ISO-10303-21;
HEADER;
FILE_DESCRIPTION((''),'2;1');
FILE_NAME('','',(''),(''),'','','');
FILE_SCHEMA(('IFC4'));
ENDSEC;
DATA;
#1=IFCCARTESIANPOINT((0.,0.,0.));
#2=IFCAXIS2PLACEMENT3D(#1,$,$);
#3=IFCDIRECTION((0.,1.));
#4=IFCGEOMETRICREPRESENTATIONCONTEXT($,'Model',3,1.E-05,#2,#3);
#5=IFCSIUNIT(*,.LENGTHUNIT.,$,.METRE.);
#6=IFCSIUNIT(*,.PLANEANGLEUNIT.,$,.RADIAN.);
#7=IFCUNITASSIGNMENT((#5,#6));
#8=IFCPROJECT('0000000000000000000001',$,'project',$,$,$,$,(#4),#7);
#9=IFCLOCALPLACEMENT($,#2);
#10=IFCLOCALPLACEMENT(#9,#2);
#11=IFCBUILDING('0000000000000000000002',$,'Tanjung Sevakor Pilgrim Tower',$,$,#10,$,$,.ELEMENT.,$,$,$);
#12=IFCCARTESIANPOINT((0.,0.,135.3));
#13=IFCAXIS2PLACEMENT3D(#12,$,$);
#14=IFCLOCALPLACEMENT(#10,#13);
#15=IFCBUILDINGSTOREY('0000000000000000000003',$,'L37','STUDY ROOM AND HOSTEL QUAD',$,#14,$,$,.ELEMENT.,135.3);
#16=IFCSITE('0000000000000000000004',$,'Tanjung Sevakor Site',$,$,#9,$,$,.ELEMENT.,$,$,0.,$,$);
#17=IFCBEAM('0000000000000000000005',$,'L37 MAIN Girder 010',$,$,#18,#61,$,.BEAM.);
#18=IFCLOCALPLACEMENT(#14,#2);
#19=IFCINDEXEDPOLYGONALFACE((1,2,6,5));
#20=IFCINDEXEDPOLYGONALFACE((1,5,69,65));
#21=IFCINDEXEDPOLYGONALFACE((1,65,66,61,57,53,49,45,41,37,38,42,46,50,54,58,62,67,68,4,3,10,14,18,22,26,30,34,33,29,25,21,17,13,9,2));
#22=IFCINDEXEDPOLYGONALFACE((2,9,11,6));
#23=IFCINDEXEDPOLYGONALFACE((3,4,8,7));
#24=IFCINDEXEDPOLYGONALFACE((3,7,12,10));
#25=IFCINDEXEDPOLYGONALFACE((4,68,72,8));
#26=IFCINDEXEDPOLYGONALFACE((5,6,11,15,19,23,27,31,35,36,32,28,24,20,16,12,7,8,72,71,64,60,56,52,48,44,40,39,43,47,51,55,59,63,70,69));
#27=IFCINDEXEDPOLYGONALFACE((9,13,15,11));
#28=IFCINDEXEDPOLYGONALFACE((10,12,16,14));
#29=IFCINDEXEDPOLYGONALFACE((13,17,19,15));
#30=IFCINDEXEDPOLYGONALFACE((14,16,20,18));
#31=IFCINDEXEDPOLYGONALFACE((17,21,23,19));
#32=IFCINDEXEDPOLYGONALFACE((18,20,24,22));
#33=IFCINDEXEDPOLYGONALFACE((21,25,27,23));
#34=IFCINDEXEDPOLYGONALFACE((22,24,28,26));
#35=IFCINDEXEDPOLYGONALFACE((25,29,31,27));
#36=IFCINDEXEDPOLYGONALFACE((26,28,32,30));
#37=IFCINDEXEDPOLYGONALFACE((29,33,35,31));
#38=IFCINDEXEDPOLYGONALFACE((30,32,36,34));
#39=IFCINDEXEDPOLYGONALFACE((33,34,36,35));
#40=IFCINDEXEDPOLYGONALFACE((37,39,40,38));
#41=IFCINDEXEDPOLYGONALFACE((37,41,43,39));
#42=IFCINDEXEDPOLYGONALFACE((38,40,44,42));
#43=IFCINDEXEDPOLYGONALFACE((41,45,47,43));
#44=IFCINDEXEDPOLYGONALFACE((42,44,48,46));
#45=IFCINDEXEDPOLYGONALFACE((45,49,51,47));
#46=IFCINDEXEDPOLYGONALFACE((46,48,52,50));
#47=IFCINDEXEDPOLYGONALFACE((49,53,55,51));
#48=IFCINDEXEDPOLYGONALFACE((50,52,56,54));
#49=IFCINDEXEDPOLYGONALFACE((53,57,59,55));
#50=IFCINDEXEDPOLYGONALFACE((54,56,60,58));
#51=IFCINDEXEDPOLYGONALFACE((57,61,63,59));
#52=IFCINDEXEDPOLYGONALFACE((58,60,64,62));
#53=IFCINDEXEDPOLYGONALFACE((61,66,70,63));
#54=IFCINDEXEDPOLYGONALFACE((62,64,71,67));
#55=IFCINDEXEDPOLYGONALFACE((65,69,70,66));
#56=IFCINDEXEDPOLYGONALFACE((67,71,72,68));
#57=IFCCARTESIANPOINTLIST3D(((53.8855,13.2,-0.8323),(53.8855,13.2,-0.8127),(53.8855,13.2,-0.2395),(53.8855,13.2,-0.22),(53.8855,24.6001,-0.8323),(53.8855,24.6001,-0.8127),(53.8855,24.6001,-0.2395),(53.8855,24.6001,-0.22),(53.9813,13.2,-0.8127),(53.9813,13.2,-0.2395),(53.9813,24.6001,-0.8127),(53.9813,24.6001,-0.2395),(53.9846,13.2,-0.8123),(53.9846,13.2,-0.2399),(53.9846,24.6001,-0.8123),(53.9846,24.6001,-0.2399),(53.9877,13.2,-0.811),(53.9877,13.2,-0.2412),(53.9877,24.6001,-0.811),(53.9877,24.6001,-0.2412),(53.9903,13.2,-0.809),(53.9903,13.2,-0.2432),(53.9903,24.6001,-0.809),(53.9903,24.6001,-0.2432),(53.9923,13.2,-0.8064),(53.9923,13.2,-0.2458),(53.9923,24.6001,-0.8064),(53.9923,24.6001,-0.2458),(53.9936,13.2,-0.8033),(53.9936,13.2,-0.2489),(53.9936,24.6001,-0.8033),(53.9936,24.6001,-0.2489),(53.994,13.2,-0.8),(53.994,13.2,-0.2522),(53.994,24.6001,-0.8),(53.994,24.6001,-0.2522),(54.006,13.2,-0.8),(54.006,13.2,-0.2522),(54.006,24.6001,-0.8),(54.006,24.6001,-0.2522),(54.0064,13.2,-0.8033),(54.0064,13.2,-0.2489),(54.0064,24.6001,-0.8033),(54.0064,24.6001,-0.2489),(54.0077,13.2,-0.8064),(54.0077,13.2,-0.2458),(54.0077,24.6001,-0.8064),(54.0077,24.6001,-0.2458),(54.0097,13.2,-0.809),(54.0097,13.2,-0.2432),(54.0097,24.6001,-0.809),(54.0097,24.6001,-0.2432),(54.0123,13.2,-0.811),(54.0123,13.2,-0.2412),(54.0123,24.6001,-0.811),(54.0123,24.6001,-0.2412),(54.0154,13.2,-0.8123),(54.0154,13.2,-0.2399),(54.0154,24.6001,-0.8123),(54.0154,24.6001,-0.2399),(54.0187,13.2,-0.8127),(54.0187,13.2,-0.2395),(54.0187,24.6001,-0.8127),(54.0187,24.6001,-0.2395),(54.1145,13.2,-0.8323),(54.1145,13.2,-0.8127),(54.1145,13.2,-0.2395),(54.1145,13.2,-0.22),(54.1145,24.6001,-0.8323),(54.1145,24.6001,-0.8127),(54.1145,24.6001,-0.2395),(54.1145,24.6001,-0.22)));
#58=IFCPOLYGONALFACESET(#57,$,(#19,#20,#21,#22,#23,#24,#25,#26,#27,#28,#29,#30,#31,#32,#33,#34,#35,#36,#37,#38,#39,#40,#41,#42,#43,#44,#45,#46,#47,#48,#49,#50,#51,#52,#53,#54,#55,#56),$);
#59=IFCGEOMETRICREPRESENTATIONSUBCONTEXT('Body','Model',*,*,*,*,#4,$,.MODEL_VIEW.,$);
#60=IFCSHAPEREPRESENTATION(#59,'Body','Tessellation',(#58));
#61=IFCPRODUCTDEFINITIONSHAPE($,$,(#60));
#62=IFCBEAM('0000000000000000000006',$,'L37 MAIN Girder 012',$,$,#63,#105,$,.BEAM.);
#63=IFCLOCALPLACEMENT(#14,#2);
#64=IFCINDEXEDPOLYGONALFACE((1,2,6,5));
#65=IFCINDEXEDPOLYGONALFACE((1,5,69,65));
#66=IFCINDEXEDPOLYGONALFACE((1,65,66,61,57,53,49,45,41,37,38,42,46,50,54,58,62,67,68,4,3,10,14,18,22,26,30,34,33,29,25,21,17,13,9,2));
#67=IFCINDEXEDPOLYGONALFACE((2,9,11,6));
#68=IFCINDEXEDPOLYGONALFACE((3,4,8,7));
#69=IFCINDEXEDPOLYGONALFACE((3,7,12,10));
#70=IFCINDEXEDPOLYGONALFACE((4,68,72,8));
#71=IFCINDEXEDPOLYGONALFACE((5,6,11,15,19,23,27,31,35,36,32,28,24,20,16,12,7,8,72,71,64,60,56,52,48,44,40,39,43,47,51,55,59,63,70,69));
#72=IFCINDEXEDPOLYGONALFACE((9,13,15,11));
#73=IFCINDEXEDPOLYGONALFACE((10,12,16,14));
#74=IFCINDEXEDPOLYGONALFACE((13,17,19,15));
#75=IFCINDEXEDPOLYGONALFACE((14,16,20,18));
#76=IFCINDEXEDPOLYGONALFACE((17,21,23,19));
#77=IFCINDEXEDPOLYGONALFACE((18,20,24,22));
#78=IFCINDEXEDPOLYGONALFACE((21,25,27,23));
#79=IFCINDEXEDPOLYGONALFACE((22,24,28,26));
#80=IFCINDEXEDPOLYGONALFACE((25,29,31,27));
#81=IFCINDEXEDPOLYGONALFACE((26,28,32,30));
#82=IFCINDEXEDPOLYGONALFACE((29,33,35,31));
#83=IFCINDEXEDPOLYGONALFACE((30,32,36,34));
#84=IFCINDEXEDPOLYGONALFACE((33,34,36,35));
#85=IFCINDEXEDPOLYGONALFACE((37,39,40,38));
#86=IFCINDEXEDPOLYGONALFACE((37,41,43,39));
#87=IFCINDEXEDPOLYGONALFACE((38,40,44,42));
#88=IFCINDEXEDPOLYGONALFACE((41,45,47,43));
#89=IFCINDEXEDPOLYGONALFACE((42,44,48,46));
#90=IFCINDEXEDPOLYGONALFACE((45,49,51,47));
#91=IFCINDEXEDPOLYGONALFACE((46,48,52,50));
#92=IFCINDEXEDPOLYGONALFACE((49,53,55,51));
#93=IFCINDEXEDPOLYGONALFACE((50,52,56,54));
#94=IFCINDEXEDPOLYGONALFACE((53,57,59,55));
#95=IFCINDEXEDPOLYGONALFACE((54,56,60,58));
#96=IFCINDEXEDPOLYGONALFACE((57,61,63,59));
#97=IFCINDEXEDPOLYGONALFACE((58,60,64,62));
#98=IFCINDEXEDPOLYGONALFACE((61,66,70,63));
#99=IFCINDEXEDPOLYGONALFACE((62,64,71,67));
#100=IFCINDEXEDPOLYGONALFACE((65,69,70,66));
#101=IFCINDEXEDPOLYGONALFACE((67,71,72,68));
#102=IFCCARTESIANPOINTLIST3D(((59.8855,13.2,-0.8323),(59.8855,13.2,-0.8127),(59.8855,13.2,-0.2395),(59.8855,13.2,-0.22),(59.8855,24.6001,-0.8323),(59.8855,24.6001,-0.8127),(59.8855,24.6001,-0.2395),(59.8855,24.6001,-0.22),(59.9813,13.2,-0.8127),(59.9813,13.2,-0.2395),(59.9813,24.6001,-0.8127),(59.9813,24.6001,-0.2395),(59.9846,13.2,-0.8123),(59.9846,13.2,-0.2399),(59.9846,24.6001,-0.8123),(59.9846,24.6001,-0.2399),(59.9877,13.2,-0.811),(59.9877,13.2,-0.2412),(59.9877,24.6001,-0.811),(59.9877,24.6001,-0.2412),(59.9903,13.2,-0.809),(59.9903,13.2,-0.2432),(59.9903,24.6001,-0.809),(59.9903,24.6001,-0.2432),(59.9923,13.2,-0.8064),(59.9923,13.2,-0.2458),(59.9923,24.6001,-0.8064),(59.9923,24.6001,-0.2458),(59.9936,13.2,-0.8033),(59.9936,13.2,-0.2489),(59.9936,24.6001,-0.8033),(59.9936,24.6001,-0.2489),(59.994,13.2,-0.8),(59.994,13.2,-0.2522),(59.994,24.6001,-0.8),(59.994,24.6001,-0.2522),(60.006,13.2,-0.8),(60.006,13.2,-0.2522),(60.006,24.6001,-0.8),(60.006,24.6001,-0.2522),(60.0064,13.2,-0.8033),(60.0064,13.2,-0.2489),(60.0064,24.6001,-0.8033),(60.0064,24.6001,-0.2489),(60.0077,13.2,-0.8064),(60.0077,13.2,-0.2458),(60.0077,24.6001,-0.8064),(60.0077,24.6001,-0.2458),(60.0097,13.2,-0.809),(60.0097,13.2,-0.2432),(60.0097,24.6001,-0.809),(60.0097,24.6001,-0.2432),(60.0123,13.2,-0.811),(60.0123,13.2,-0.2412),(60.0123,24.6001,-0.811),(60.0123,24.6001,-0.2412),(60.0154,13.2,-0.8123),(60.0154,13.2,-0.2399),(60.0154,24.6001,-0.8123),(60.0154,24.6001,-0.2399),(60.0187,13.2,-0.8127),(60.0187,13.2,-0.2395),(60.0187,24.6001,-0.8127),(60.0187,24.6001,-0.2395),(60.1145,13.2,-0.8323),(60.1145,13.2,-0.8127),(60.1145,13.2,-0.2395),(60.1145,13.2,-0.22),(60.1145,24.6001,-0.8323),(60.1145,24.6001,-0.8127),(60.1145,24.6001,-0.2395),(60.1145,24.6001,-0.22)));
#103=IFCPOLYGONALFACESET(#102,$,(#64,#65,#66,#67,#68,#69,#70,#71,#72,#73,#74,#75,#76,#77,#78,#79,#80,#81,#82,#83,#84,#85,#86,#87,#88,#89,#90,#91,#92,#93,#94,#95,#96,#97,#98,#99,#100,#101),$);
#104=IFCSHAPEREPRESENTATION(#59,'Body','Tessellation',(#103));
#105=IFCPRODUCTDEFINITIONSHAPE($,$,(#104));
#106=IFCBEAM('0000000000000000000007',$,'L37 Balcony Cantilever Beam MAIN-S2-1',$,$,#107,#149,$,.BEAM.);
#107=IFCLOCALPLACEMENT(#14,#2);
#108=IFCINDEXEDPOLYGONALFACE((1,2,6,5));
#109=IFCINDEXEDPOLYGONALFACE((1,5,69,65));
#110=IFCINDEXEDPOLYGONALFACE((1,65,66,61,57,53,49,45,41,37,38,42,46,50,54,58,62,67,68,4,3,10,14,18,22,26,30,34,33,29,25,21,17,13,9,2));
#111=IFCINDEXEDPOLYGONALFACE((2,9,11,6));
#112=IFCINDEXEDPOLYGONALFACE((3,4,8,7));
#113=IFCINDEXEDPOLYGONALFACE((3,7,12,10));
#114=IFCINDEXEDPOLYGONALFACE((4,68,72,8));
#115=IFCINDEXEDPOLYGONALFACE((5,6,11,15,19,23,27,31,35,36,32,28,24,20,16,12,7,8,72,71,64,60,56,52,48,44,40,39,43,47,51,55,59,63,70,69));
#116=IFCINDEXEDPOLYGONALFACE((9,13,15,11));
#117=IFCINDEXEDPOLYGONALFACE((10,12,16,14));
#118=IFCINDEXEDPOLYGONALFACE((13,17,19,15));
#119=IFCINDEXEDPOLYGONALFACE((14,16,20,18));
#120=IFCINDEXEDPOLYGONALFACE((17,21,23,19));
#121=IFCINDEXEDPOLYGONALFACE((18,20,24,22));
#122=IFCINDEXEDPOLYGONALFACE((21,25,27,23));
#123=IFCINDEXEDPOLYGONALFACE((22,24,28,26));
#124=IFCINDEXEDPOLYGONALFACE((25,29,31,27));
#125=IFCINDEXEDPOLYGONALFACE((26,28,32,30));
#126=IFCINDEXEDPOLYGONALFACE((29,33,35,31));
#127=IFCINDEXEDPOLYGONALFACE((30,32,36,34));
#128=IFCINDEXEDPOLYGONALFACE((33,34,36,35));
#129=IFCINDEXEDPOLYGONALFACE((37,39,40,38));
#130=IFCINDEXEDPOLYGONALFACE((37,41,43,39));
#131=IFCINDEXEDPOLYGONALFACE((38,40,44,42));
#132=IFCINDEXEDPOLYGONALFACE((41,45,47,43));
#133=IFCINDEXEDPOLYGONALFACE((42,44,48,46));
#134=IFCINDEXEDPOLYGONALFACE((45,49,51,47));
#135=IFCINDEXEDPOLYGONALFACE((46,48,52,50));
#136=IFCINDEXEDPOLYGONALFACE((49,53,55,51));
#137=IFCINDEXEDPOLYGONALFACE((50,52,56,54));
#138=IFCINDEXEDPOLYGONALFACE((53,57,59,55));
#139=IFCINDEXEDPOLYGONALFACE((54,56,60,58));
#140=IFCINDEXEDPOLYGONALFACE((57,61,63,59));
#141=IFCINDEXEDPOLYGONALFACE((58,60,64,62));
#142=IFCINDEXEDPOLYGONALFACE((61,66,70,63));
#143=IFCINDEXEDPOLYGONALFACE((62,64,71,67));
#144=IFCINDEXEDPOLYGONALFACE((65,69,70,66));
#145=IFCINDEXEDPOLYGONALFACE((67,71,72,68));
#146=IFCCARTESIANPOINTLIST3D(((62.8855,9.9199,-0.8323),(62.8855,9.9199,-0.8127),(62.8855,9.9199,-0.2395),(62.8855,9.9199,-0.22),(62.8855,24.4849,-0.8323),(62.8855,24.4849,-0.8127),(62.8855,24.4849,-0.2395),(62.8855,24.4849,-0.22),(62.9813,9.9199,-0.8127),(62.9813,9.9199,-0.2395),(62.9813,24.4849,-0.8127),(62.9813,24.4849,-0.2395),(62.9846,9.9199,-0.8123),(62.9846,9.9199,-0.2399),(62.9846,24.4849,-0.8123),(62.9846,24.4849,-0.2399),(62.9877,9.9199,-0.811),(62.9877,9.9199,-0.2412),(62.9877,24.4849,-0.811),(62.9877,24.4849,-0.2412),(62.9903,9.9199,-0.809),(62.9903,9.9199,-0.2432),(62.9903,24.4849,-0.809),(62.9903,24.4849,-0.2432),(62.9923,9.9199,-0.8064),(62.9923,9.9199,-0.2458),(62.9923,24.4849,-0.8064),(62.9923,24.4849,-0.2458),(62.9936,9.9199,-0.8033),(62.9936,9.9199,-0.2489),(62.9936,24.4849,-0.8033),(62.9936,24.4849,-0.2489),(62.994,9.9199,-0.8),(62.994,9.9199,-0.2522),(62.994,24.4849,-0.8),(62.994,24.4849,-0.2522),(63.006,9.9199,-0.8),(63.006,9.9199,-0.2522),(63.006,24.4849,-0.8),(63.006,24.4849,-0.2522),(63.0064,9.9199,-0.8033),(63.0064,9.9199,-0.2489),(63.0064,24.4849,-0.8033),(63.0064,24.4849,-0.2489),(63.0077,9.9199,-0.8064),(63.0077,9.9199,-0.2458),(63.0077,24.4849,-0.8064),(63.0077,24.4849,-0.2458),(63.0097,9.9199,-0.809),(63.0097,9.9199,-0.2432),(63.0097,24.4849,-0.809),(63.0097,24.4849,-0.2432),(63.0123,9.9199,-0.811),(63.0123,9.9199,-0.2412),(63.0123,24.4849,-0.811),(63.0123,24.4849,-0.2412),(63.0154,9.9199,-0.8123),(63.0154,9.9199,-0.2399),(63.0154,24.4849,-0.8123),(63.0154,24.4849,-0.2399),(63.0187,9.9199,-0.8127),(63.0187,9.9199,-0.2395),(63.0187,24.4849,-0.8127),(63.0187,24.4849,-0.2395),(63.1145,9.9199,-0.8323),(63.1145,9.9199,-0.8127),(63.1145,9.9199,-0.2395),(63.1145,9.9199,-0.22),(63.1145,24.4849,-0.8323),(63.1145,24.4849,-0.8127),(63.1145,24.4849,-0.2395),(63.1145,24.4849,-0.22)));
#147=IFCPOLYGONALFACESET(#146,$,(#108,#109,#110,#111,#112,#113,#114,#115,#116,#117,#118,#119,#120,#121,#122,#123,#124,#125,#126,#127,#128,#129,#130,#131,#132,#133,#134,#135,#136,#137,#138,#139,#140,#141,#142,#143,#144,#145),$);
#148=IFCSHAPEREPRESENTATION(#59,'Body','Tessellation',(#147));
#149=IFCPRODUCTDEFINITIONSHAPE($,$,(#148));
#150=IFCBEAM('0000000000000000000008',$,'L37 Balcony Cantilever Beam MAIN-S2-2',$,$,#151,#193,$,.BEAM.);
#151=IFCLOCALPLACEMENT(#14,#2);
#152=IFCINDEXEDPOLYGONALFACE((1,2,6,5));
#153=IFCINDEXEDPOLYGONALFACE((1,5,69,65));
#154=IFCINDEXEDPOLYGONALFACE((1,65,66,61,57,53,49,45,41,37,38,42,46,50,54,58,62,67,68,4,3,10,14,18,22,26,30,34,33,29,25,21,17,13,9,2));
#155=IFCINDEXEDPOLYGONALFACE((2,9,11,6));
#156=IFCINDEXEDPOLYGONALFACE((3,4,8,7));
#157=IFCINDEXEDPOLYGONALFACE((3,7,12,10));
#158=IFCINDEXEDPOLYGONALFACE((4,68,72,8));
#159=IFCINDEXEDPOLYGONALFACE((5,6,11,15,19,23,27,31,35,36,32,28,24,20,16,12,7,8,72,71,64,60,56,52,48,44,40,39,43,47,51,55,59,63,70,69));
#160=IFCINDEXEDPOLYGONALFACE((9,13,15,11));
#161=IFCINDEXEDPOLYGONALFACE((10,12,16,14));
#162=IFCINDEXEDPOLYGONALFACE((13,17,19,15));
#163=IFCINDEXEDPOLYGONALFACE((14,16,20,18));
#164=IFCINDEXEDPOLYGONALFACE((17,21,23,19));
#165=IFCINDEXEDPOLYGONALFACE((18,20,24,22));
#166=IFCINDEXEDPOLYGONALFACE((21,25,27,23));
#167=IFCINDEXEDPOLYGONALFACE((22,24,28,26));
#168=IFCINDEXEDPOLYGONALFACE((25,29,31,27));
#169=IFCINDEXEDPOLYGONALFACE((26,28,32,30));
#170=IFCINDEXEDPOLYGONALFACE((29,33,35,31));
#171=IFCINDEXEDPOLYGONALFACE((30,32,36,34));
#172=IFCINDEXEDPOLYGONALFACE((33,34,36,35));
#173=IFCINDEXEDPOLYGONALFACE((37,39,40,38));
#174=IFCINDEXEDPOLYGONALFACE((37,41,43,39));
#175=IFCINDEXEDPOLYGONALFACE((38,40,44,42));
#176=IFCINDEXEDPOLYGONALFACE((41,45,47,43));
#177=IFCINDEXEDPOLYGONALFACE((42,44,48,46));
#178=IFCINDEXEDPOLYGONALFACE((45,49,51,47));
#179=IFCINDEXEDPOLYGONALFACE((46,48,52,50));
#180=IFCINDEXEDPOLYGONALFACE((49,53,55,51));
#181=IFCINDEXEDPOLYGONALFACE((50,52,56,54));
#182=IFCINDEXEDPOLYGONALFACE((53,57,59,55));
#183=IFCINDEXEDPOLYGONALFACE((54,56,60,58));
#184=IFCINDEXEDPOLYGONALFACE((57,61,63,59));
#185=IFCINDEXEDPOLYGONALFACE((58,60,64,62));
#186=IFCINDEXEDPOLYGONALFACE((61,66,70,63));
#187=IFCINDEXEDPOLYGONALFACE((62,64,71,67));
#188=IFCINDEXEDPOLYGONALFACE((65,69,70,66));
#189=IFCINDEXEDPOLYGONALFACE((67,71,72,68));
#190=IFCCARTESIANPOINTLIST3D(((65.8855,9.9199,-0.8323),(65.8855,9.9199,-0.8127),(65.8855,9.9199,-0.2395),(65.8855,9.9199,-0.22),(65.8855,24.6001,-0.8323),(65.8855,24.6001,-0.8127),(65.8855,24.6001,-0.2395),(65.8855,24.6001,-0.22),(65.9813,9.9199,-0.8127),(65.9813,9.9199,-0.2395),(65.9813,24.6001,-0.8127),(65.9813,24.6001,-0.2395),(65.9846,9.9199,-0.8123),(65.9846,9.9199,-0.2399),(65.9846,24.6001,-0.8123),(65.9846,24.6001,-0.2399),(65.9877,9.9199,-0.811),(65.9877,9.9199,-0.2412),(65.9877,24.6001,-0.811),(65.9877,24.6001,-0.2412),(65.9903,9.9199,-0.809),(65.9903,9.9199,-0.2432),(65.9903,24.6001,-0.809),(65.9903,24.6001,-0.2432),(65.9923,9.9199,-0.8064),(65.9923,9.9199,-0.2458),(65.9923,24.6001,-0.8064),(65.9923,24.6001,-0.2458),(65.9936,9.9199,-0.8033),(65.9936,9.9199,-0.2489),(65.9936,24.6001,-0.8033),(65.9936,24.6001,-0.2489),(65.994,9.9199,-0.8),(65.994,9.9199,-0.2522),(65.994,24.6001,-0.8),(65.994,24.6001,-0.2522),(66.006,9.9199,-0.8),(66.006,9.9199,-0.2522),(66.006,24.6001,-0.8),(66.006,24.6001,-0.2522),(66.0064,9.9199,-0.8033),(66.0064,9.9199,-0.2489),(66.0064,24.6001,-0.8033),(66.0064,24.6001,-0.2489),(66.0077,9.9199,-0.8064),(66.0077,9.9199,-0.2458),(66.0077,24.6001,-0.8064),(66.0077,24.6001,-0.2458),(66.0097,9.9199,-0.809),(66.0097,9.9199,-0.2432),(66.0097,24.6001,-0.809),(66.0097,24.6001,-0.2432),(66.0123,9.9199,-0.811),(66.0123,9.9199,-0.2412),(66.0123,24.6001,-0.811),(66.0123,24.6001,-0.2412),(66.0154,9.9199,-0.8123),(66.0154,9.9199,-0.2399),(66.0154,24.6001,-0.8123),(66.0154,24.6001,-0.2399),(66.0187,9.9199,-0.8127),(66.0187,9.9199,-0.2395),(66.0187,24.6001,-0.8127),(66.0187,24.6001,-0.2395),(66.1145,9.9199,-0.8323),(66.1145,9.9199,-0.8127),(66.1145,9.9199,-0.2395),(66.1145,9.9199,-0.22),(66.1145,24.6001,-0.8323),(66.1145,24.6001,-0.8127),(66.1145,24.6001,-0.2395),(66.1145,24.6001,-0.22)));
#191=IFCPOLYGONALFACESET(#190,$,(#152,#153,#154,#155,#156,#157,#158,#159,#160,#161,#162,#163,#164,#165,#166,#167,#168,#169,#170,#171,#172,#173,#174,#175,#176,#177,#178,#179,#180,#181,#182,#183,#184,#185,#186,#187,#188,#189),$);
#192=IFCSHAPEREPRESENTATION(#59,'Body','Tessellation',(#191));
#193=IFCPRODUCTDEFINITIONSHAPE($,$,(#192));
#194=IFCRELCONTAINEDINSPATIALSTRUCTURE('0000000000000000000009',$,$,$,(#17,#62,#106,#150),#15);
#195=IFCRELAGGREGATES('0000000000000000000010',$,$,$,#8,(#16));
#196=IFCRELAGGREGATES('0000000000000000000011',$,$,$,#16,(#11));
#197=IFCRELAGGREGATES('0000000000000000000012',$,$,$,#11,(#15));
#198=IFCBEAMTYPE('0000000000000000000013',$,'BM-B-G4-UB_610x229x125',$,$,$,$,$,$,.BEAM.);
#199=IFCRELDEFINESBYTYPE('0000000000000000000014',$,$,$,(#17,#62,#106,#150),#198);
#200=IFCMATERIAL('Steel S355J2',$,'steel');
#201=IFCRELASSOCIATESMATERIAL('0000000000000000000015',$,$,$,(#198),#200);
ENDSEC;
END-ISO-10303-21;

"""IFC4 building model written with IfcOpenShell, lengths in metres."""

from ifc_helpers import new_model, si_unit, direction, frame, origin, origin_2d, place, context, subcontext, project, spatial, i_section, extrude, material, material_profile, profile_set, type_object, element, save


model = new_model("IFC4")

# Units and contexts
model_context = context("Model", 3, precision=1e-05, world=origin(), true_north=direction((0.0, 1.0)))
body_context = subcontext(model_context, "Body", "Model", "MODEL_VIEW")
ifc_project = project(units=[si_unit("LENGTHUNIT", "METRE"), si_unit("PLANEANGLEUNIT", "RADIAN")], contexts=[model_context])

# Site, building, storey
site_placement = place(None, origin())
site = spatial("IfcSite", under=ifc_project, at=site_placement, Name="Tanjung Sevakor Site", CompositionType="ELEMENT", RefElevation=0.0)
building_placement = place(site_placement, origin())
building = spatial("IfcBuilding", under=site, at=building_placement, Name="Tanjung Sevakor Pilgrim Tower", CompositionType="ELEMENT")
storey_placement = place(building_placement, frame((0.0, 0.0, 135.3)))
storey = spatial("IfcBuildingStorey", under=building, at=storey_placement, Name="L37", Description="STUDY ROOM AND HOSTEL QUAD", CompositionType="ELEMENT", Elevation=135.3)

# Beams
ifc_material_1 = material(Name="Steel S355J2", Category="steel")
ifc_material_profile_1 = material_profile(ifc_material_1, i_section(OverallWidth=0.229, OverallDepth=0.6123, WebThickness=0.012, FlangeThickness=0.0195, FilletRadius=0.0127, at=origin_2d()))
ifc_profile_set_1 = profile_set([ifc_material_profile_1], Name="Steel S355J2")
beam_type_1 = type_object("IfcBeamType", Name="BM-B-G4-UB_610x229x125", PredefinedType="BEAM", material=ifc_profile_set_1)
for number, where, z_axis, x_axis, name in (
    (1, (54.0, 13.2, -0.5261), (0.0, 1.0, 0.0), (-1.0, 0.0, 0.0), "L37 MAIN Girder 010"),
    (2, (60.0, 13.2, -0.5261), (0.0, 1.0, 0.0), (-1.0, 0.0, 0.0), "L37 MAIN Girder 012"),
):
    element("IfcBeam", number, at=place(storey_placement, frame(where, z_axis=z_axis, x_axis=x_axis)), inside=storey, type_object=beam_type_1, Name=name, PredefinedType="BEAM", context=body_context, shape_type="SweptSolid", body=[
        extrude(i_section(OverallWidth=0.229, OverallDepth=0.6123, WebThickness=0.012, FlangeThickness=0.0195, FilletRadius=0.0127, at=origin_2d()), origin(), (0.0, 0.0, 1.0), 11.4001),
    ])
beam_1_placement = place(storey_placement, frame((63.0, 24.4849, -0.5261), z_axis=(0.0, -1.0, 0.0), x_axis=(1.0, 0.0, 0.0)))
element("IfcBeam", 3, at=beam_1_placement, inside=storey, type_object=beam_type_1, Name="L37 Balcony Cantilever Beam MAIN-S2-1", PredefinedType="BEAM", context=body_context, shape_type="SweptSolid", body=[
    extrude(i_section(OverallWidth=0.229, OverallDepth=0.6123, WebThickness=0.012, FlangeThickness=0.0195, FilletRadius=0.0127, at=origin_2d()), origin(), (0.0, 0.0, 1.0), 14.5649),
])
beam_2_placement = place(storey_placement, frame((66.0, 24.6001, -0.5261), z_axis=(0.0, -1.0, 0.0), x_axis=(1.0, 0.0, 0.0)))
element("IfcBeam", 4, at=beam_2_placement, inside=storey, type_object=beam_type_1, Name="L37 Balcony Cantilever Beam MAIN-S2-2", PredefinedType="BEAM", context=body_context, shape_type="SweptSolid", body=[
    extrude(i_section(OverallWidth=0.229, OverallDepth=0.6123, WebThickness=0.012, FlangeThickness=0.0195, FilletRadius=0.0127, at=origin_2d()), origin(), (0.0, 0.0, 1.0), 14.6802),
])

save(model, "model.ifc")
